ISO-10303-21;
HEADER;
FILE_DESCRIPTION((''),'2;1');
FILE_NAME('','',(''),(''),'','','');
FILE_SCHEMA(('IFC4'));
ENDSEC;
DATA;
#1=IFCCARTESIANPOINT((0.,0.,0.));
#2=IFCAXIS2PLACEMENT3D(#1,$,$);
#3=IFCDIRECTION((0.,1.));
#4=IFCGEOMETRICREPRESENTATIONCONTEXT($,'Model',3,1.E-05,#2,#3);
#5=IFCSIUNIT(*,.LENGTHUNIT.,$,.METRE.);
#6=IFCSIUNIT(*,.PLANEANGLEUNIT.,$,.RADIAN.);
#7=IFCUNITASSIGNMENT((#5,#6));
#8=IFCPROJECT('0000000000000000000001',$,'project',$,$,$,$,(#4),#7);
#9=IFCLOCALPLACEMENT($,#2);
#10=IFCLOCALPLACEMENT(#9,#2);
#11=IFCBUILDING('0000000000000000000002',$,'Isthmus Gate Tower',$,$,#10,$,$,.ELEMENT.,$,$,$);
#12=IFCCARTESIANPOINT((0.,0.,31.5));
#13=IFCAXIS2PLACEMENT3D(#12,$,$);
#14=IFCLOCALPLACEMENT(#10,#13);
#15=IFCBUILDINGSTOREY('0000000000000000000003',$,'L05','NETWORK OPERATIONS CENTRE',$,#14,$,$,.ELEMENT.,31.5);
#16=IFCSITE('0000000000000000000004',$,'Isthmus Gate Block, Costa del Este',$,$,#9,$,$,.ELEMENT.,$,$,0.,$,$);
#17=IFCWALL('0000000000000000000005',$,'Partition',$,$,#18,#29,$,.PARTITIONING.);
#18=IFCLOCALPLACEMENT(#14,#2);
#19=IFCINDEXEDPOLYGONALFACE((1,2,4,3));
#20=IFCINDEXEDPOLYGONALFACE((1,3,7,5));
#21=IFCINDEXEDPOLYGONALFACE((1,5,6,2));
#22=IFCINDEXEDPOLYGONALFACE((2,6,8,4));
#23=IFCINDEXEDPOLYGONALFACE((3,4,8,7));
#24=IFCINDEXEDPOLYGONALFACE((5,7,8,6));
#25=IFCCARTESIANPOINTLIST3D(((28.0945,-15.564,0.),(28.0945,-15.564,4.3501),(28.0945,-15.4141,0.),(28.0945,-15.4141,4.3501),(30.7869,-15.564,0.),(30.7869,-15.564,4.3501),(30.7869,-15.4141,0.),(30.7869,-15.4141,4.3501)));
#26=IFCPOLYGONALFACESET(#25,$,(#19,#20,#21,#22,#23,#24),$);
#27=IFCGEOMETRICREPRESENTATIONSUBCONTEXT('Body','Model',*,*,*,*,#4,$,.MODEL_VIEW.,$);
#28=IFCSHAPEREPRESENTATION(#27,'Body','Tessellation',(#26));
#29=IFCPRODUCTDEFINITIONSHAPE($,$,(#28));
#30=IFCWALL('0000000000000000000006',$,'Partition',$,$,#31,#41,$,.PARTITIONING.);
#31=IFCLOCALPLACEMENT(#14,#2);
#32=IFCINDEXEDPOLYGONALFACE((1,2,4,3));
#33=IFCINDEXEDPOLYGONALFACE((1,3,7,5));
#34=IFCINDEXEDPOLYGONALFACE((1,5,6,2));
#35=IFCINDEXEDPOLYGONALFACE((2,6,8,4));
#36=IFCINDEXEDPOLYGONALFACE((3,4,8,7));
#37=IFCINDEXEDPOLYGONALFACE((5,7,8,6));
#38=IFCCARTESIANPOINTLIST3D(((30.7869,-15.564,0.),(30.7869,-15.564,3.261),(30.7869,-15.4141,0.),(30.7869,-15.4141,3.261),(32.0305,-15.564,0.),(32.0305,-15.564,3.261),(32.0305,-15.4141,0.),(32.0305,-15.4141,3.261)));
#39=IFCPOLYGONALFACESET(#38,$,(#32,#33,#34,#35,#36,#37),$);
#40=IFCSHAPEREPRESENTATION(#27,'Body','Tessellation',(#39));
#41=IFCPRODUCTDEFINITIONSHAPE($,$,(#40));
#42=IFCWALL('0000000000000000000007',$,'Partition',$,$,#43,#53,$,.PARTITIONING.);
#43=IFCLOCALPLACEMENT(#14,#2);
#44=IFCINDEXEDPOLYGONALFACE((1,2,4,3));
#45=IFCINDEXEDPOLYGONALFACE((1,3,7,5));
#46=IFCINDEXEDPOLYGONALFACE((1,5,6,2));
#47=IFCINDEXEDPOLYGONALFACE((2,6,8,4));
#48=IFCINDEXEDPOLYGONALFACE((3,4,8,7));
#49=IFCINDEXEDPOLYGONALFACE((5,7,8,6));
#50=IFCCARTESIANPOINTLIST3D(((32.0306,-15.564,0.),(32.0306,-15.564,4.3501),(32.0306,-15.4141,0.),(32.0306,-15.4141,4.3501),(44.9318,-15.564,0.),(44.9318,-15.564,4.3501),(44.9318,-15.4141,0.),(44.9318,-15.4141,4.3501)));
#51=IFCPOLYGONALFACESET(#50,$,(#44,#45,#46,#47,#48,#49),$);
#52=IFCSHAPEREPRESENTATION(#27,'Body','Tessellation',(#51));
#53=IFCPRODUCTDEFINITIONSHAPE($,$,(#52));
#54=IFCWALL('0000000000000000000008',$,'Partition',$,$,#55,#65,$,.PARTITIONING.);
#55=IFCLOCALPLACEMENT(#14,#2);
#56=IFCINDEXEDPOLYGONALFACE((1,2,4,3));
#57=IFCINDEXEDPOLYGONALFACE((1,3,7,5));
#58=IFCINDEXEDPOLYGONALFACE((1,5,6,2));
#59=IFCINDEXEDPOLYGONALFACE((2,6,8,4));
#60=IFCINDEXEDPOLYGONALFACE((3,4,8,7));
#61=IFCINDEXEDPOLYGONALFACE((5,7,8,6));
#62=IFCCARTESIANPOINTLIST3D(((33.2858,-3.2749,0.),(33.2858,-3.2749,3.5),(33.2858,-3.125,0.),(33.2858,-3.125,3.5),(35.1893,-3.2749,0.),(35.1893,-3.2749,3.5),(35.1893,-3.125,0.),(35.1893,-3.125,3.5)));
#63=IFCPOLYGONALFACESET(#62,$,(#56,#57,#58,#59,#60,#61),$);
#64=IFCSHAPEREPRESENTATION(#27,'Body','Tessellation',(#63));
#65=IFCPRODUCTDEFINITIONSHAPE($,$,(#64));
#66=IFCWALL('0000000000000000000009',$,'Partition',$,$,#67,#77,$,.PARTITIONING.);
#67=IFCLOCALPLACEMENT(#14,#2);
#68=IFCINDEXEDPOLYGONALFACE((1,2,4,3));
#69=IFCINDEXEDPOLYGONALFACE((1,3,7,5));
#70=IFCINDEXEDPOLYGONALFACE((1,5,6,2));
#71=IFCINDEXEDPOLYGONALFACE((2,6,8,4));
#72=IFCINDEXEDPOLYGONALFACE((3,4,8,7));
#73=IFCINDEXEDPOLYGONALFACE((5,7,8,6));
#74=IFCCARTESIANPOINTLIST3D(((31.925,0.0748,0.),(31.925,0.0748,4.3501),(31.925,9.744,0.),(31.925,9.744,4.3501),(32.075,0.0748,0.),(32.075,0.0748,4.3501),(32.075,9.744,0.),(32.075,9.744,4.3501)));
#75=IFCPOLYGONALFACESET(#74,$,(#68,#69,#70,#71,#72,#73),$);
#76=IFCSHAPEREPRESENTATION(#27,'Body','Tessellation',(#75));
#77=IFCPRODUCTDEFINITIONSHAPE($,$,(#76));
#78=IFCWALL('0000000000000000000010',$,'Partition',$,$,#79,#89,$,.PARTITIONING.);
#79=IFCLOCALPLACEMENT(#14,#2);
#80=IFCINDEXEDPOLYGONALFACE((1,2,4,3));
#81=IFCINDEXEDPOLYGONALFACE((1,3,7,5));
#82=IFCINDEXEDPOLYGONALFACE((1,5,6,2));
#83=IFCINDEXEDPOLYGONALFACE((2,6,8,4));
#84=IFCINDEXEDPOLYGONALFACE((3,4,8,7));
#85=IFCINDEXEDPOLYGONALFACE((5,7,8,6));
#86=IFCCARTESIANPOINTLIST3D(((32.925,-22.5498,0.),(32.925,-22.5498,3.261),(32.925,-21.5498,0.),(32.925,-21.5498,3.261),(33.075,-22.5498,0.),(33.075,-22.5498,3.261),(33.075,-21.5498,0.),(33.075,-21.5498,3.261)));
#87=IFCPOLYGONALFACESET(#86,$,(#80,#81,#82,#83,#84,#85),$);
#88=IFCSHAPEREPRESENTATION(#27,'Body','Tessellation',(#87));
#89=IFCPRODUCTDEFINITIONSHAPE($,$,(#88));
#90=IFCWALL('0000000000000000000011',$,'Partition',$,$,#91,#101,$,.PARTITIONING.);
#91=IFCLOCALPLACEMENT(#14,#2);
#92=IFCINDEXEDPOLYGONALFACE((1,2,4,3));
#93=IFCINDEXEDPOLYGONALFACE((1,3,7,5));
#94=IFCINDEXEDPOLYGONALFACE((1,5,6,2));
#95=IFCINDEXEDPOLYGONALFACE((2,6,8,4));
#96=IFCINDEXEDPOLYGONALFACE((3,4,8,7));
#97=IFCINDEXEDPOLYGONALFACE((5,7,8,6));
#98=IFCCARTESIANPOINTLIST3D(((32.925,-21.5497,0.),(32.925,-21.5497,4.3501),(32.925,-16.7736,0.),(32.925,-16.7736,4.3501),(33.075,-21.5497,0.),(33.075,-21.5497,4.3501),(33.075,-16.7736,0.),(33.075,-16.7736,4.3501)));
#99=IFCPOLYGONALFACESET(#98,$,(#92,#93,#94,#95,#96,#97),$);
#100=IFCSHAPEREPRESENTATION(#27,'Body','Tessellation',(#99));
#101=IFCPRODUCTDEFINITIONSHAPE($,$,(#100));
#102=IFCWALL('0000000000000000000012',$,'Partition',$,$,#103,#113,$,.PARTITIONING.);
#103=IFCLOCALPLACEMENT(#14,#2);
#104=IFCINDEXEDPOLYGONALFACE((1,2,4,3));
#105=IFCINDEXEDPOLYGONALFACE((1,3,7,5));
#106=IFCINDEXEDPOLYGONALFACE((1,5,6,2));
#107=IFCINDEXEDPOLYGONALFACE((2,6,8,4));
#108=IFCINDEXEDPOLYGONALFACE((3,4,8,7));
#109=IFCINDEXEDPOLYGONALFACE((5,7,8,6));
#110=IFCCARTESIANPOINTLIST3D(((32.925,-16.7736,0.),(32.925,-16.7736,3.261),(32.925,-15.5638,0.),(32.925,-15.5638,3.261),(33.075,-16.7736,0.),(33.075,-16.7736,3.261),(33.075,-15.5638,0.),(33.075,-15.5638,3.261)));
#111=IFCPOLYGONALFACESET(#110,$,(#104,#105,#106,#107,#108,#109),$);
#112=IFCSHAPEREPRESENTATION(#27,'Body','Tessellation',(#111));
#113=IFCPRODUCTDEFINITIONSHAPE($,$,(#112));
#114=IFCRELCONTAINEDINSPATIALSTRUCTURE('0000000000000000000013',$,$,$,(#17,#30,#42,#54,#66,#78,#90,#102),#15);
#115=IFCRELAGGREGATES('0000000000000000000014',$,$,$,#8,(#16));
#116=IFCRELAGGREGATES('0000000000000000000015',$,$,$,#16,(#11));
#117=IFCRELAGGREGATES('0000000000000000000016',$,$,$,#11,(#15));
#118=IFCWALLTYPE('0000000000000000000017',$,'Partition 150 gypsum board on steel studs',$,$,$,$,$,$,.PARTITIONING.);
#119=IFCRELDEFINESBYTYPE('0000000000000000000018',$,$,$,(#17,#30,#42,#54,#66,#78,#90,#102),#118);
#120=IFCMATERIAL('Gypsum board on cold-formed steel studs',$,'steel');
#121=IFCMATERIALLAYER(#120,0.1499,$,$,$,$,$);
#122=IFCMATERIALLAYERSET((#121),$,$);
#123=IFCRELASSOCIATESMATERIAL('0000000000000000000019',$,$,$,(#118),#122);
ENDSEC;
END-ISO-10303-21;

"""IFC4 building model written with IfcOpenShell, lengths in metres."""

from ifc_helpers import new_model, si_unit, direction, frame, frame_2d, origin, place, context, subcontext, project, spatial, rectangle, extrude, material, layer, layer_set, type_object, element, save


model = new_model("IFC4")

# Units and contexts
model_context = context("Model", 3, precision=1e-05, world=origin(), true_north=direction((0.0, 1.0)))
body_context = subcontext(model_context, "Body", "Model", "MODEL_VIEW")
ifc_project = project(units=[si_unit("LENGTHUNIT", "METRE"), si_unit("PLANEANGLEUNIT", "RADIAN")], contexts=[model_context])

# Site, building, storey
site_placement = place(None, origin())
site = spatial("IfcSite", under=ifc_project, at=site_placement, Name="Isthmus Gate Block, Costa del Este", CompositionType="ELEMENT", RefElevation=0.0)
building_placement = place(site_placement, origin())
building = spatial("IfcBuilding", under=site, at=building_placement, Name="Isthmus Gate Tower", CompositionType="ELEMENT")
storey_placement = place(building_placement, frame((0.0, 0.0, 31.5)))
storey = spatial("IfcBuildingStorey", under=building, at=storey_placement, Name="L05", Description="NETWORK OPERATIONS CENTRE", CompositionType="ELEMENT", Elevation=31.5)

# Walls
ifc_material_1 = material(Name="Gypsum board on cold-formed steel studs", Category="steel")
ifc_layer = layer(ifc_material_1, 0.1499)
ifc_layer_set = layer_set([ifc_layer])
wall_type = type_object("IfcWallType", Name="Partition 150 gypsum board on steel studs", PredefinedType="PARTITIONING", material=ifc_layer_set)
wall_1_placement = place(storey_placement, frame((28.0945, -15.489, 0.0), z_axis=(0.0, 0.0, 1.0), x_axis=(1.0, 0.0, 0.0)))
element("IfcWall", 1, at=wall_1_placement, inside=storey, type_object=wall_type, Name="Partition", PredefinedType="PARTITIONING", context=body_context, shape_type="SweptSolid", body=[
    extrude(rectangle(XDim=2.6924, YDim=0.1499, at=frame_2d((1.3462, 0.0))), origin(), (0.0, 0.0, 1.0), 4.3501),
])
wall_2_placement = place(storey_placement, frame((30.7869, -15.489, 0.0), z_axis=(0.0, 0.0, 1.0), x_axis=(1.0, 0.0, 0.0)))
element("IfcWall", 2, at=wall_2_placement, inside=storey, type_object=wall_type, Name="Partition", PredefinedType="PARTITIONING", context=body_context, shape_type="SweptSolid", body=[
    extrude(rectangle(XDim=1.2437, YDim=0.1499, at=frame_2d((0.6218, 0.0))), origin(), (0.0, 0.0, 1.0), 3.261),
])
wall_3_placement = place(storey_placement, frame((32.0305, -15.489, 0.0), z_axis=(0.0, 0.0, 1.0), x_axis=(1.0, 0.0, 0.0)))
element("IfcWall", 3, at=wall_3_placement, inside=storey, type_object=wall_type, Name="Partition", PredefinedType="PARTITIONING", context=body_context, shape_type="SweptSolid", body=[
    extrude(rectangle(XDim=12.9011, YDim=0.1499, at=frame_2d((6.4507, 0.0))), origin(), (0.0, 0.0, 1.0), 4.3501),
])
wall_4_placement = place(storey_placement, frame((33.2859, -3.2, 0.0), z_axis=(0.0, 0.0, 1.0), x_axis=(1.0, 0.0, 0.0)))
element("IfcWall", 4, at=wall_4_placement, inside=storey, type_object=wall_type, Name="Partition", PredefinedType="PARTITIONING", context=body_context, shape_type="SweptSolid", body=[
    extrude(rectangle(XDim=1.9036, YDim=0.1499, at=frame_2d((0.9517, 0.0))), origin(), (0.0, 0.0, 1.0), 3.5),
])
wall_5_placement = place(storey_placement, frame((32.0, 0.075, 0.0), z_axis=(0.0, 0.0, 1.0), x_axis=(0.0, 1.0, 0.0)))
element("IfcWall", 5, at=wall_5_placement, inside=storey, type_object=wall_type, Name="Partition", PredefinedType="PARTITIONING", context=body_context, shape_type="SweptSolid", body=[
    extrude(rectangle(XDim=9.6692, YDim=0.1499, at=frame_2d((4.8345, 0.0))), origin(), (0.0, 0.0, 1.0), 4.3501),
])
wall_6_placement = place(storey_placement, frame((33.0, -22.5498, 0.0), z_axis=(0.0, 0.0, 1.0), x_axis=(0.0, 1.0, 0.0)))
element("IfcWall", 6, at=wall_6_placement, inside=storey, type_object=wall_type, Name="Partition", PredefinedType="PARTITIONING", context=body_context, shape_type="SweptSolid", body=[
    extrude(rectangle(XDim=1.0, YDim=0.1499, at=frame_2d((0.5, 0.0))), origin(), (0.0, 0.0, 1.0), 3.261),
])
wall_7_placement = place(storey_placement, frame((33.0, -21.5498, 0.0), z_axis=(0.0, 0.0, 1.0), x_axis=(0.0, 1.0, 0.0)))
element("IfcWall", 7, at=wall_7_placement, inside=storey, type_object=wall_type, Name="Partition", PredefinedType="PARTITIONING", context=body_context, shape_type="SweptSolid", body=[
    extrude(rectangle(XDim=4.7761, YDim=0.1499, at=frame_2d((2.3882, 0.0))), origin(), (0.0, 0.0, 1.0), 4.3501),
])
wall_8_placement = place(storey_placement, frame((33.0, -16.7737, 0.0), z_axis=(0.0, 0.0, 1.0), x_axis=(0.0, 1.0, 0.0)))
element("IfcWall", 8, at=wall_8_placement, inside=storey, type_object=wall_type, Name="Partition", PredefinedType="PARTITIONING", context=body_context, shape_type="SweptSolid", body=[
    extrude(rectangle(XDim=1.2097, YDim=0.1499, at=frame_2d((0.605, 0.0))), origin(), (0.0, 0.0, 1.0), 3.261),
])

save(model, "model.ifc")
